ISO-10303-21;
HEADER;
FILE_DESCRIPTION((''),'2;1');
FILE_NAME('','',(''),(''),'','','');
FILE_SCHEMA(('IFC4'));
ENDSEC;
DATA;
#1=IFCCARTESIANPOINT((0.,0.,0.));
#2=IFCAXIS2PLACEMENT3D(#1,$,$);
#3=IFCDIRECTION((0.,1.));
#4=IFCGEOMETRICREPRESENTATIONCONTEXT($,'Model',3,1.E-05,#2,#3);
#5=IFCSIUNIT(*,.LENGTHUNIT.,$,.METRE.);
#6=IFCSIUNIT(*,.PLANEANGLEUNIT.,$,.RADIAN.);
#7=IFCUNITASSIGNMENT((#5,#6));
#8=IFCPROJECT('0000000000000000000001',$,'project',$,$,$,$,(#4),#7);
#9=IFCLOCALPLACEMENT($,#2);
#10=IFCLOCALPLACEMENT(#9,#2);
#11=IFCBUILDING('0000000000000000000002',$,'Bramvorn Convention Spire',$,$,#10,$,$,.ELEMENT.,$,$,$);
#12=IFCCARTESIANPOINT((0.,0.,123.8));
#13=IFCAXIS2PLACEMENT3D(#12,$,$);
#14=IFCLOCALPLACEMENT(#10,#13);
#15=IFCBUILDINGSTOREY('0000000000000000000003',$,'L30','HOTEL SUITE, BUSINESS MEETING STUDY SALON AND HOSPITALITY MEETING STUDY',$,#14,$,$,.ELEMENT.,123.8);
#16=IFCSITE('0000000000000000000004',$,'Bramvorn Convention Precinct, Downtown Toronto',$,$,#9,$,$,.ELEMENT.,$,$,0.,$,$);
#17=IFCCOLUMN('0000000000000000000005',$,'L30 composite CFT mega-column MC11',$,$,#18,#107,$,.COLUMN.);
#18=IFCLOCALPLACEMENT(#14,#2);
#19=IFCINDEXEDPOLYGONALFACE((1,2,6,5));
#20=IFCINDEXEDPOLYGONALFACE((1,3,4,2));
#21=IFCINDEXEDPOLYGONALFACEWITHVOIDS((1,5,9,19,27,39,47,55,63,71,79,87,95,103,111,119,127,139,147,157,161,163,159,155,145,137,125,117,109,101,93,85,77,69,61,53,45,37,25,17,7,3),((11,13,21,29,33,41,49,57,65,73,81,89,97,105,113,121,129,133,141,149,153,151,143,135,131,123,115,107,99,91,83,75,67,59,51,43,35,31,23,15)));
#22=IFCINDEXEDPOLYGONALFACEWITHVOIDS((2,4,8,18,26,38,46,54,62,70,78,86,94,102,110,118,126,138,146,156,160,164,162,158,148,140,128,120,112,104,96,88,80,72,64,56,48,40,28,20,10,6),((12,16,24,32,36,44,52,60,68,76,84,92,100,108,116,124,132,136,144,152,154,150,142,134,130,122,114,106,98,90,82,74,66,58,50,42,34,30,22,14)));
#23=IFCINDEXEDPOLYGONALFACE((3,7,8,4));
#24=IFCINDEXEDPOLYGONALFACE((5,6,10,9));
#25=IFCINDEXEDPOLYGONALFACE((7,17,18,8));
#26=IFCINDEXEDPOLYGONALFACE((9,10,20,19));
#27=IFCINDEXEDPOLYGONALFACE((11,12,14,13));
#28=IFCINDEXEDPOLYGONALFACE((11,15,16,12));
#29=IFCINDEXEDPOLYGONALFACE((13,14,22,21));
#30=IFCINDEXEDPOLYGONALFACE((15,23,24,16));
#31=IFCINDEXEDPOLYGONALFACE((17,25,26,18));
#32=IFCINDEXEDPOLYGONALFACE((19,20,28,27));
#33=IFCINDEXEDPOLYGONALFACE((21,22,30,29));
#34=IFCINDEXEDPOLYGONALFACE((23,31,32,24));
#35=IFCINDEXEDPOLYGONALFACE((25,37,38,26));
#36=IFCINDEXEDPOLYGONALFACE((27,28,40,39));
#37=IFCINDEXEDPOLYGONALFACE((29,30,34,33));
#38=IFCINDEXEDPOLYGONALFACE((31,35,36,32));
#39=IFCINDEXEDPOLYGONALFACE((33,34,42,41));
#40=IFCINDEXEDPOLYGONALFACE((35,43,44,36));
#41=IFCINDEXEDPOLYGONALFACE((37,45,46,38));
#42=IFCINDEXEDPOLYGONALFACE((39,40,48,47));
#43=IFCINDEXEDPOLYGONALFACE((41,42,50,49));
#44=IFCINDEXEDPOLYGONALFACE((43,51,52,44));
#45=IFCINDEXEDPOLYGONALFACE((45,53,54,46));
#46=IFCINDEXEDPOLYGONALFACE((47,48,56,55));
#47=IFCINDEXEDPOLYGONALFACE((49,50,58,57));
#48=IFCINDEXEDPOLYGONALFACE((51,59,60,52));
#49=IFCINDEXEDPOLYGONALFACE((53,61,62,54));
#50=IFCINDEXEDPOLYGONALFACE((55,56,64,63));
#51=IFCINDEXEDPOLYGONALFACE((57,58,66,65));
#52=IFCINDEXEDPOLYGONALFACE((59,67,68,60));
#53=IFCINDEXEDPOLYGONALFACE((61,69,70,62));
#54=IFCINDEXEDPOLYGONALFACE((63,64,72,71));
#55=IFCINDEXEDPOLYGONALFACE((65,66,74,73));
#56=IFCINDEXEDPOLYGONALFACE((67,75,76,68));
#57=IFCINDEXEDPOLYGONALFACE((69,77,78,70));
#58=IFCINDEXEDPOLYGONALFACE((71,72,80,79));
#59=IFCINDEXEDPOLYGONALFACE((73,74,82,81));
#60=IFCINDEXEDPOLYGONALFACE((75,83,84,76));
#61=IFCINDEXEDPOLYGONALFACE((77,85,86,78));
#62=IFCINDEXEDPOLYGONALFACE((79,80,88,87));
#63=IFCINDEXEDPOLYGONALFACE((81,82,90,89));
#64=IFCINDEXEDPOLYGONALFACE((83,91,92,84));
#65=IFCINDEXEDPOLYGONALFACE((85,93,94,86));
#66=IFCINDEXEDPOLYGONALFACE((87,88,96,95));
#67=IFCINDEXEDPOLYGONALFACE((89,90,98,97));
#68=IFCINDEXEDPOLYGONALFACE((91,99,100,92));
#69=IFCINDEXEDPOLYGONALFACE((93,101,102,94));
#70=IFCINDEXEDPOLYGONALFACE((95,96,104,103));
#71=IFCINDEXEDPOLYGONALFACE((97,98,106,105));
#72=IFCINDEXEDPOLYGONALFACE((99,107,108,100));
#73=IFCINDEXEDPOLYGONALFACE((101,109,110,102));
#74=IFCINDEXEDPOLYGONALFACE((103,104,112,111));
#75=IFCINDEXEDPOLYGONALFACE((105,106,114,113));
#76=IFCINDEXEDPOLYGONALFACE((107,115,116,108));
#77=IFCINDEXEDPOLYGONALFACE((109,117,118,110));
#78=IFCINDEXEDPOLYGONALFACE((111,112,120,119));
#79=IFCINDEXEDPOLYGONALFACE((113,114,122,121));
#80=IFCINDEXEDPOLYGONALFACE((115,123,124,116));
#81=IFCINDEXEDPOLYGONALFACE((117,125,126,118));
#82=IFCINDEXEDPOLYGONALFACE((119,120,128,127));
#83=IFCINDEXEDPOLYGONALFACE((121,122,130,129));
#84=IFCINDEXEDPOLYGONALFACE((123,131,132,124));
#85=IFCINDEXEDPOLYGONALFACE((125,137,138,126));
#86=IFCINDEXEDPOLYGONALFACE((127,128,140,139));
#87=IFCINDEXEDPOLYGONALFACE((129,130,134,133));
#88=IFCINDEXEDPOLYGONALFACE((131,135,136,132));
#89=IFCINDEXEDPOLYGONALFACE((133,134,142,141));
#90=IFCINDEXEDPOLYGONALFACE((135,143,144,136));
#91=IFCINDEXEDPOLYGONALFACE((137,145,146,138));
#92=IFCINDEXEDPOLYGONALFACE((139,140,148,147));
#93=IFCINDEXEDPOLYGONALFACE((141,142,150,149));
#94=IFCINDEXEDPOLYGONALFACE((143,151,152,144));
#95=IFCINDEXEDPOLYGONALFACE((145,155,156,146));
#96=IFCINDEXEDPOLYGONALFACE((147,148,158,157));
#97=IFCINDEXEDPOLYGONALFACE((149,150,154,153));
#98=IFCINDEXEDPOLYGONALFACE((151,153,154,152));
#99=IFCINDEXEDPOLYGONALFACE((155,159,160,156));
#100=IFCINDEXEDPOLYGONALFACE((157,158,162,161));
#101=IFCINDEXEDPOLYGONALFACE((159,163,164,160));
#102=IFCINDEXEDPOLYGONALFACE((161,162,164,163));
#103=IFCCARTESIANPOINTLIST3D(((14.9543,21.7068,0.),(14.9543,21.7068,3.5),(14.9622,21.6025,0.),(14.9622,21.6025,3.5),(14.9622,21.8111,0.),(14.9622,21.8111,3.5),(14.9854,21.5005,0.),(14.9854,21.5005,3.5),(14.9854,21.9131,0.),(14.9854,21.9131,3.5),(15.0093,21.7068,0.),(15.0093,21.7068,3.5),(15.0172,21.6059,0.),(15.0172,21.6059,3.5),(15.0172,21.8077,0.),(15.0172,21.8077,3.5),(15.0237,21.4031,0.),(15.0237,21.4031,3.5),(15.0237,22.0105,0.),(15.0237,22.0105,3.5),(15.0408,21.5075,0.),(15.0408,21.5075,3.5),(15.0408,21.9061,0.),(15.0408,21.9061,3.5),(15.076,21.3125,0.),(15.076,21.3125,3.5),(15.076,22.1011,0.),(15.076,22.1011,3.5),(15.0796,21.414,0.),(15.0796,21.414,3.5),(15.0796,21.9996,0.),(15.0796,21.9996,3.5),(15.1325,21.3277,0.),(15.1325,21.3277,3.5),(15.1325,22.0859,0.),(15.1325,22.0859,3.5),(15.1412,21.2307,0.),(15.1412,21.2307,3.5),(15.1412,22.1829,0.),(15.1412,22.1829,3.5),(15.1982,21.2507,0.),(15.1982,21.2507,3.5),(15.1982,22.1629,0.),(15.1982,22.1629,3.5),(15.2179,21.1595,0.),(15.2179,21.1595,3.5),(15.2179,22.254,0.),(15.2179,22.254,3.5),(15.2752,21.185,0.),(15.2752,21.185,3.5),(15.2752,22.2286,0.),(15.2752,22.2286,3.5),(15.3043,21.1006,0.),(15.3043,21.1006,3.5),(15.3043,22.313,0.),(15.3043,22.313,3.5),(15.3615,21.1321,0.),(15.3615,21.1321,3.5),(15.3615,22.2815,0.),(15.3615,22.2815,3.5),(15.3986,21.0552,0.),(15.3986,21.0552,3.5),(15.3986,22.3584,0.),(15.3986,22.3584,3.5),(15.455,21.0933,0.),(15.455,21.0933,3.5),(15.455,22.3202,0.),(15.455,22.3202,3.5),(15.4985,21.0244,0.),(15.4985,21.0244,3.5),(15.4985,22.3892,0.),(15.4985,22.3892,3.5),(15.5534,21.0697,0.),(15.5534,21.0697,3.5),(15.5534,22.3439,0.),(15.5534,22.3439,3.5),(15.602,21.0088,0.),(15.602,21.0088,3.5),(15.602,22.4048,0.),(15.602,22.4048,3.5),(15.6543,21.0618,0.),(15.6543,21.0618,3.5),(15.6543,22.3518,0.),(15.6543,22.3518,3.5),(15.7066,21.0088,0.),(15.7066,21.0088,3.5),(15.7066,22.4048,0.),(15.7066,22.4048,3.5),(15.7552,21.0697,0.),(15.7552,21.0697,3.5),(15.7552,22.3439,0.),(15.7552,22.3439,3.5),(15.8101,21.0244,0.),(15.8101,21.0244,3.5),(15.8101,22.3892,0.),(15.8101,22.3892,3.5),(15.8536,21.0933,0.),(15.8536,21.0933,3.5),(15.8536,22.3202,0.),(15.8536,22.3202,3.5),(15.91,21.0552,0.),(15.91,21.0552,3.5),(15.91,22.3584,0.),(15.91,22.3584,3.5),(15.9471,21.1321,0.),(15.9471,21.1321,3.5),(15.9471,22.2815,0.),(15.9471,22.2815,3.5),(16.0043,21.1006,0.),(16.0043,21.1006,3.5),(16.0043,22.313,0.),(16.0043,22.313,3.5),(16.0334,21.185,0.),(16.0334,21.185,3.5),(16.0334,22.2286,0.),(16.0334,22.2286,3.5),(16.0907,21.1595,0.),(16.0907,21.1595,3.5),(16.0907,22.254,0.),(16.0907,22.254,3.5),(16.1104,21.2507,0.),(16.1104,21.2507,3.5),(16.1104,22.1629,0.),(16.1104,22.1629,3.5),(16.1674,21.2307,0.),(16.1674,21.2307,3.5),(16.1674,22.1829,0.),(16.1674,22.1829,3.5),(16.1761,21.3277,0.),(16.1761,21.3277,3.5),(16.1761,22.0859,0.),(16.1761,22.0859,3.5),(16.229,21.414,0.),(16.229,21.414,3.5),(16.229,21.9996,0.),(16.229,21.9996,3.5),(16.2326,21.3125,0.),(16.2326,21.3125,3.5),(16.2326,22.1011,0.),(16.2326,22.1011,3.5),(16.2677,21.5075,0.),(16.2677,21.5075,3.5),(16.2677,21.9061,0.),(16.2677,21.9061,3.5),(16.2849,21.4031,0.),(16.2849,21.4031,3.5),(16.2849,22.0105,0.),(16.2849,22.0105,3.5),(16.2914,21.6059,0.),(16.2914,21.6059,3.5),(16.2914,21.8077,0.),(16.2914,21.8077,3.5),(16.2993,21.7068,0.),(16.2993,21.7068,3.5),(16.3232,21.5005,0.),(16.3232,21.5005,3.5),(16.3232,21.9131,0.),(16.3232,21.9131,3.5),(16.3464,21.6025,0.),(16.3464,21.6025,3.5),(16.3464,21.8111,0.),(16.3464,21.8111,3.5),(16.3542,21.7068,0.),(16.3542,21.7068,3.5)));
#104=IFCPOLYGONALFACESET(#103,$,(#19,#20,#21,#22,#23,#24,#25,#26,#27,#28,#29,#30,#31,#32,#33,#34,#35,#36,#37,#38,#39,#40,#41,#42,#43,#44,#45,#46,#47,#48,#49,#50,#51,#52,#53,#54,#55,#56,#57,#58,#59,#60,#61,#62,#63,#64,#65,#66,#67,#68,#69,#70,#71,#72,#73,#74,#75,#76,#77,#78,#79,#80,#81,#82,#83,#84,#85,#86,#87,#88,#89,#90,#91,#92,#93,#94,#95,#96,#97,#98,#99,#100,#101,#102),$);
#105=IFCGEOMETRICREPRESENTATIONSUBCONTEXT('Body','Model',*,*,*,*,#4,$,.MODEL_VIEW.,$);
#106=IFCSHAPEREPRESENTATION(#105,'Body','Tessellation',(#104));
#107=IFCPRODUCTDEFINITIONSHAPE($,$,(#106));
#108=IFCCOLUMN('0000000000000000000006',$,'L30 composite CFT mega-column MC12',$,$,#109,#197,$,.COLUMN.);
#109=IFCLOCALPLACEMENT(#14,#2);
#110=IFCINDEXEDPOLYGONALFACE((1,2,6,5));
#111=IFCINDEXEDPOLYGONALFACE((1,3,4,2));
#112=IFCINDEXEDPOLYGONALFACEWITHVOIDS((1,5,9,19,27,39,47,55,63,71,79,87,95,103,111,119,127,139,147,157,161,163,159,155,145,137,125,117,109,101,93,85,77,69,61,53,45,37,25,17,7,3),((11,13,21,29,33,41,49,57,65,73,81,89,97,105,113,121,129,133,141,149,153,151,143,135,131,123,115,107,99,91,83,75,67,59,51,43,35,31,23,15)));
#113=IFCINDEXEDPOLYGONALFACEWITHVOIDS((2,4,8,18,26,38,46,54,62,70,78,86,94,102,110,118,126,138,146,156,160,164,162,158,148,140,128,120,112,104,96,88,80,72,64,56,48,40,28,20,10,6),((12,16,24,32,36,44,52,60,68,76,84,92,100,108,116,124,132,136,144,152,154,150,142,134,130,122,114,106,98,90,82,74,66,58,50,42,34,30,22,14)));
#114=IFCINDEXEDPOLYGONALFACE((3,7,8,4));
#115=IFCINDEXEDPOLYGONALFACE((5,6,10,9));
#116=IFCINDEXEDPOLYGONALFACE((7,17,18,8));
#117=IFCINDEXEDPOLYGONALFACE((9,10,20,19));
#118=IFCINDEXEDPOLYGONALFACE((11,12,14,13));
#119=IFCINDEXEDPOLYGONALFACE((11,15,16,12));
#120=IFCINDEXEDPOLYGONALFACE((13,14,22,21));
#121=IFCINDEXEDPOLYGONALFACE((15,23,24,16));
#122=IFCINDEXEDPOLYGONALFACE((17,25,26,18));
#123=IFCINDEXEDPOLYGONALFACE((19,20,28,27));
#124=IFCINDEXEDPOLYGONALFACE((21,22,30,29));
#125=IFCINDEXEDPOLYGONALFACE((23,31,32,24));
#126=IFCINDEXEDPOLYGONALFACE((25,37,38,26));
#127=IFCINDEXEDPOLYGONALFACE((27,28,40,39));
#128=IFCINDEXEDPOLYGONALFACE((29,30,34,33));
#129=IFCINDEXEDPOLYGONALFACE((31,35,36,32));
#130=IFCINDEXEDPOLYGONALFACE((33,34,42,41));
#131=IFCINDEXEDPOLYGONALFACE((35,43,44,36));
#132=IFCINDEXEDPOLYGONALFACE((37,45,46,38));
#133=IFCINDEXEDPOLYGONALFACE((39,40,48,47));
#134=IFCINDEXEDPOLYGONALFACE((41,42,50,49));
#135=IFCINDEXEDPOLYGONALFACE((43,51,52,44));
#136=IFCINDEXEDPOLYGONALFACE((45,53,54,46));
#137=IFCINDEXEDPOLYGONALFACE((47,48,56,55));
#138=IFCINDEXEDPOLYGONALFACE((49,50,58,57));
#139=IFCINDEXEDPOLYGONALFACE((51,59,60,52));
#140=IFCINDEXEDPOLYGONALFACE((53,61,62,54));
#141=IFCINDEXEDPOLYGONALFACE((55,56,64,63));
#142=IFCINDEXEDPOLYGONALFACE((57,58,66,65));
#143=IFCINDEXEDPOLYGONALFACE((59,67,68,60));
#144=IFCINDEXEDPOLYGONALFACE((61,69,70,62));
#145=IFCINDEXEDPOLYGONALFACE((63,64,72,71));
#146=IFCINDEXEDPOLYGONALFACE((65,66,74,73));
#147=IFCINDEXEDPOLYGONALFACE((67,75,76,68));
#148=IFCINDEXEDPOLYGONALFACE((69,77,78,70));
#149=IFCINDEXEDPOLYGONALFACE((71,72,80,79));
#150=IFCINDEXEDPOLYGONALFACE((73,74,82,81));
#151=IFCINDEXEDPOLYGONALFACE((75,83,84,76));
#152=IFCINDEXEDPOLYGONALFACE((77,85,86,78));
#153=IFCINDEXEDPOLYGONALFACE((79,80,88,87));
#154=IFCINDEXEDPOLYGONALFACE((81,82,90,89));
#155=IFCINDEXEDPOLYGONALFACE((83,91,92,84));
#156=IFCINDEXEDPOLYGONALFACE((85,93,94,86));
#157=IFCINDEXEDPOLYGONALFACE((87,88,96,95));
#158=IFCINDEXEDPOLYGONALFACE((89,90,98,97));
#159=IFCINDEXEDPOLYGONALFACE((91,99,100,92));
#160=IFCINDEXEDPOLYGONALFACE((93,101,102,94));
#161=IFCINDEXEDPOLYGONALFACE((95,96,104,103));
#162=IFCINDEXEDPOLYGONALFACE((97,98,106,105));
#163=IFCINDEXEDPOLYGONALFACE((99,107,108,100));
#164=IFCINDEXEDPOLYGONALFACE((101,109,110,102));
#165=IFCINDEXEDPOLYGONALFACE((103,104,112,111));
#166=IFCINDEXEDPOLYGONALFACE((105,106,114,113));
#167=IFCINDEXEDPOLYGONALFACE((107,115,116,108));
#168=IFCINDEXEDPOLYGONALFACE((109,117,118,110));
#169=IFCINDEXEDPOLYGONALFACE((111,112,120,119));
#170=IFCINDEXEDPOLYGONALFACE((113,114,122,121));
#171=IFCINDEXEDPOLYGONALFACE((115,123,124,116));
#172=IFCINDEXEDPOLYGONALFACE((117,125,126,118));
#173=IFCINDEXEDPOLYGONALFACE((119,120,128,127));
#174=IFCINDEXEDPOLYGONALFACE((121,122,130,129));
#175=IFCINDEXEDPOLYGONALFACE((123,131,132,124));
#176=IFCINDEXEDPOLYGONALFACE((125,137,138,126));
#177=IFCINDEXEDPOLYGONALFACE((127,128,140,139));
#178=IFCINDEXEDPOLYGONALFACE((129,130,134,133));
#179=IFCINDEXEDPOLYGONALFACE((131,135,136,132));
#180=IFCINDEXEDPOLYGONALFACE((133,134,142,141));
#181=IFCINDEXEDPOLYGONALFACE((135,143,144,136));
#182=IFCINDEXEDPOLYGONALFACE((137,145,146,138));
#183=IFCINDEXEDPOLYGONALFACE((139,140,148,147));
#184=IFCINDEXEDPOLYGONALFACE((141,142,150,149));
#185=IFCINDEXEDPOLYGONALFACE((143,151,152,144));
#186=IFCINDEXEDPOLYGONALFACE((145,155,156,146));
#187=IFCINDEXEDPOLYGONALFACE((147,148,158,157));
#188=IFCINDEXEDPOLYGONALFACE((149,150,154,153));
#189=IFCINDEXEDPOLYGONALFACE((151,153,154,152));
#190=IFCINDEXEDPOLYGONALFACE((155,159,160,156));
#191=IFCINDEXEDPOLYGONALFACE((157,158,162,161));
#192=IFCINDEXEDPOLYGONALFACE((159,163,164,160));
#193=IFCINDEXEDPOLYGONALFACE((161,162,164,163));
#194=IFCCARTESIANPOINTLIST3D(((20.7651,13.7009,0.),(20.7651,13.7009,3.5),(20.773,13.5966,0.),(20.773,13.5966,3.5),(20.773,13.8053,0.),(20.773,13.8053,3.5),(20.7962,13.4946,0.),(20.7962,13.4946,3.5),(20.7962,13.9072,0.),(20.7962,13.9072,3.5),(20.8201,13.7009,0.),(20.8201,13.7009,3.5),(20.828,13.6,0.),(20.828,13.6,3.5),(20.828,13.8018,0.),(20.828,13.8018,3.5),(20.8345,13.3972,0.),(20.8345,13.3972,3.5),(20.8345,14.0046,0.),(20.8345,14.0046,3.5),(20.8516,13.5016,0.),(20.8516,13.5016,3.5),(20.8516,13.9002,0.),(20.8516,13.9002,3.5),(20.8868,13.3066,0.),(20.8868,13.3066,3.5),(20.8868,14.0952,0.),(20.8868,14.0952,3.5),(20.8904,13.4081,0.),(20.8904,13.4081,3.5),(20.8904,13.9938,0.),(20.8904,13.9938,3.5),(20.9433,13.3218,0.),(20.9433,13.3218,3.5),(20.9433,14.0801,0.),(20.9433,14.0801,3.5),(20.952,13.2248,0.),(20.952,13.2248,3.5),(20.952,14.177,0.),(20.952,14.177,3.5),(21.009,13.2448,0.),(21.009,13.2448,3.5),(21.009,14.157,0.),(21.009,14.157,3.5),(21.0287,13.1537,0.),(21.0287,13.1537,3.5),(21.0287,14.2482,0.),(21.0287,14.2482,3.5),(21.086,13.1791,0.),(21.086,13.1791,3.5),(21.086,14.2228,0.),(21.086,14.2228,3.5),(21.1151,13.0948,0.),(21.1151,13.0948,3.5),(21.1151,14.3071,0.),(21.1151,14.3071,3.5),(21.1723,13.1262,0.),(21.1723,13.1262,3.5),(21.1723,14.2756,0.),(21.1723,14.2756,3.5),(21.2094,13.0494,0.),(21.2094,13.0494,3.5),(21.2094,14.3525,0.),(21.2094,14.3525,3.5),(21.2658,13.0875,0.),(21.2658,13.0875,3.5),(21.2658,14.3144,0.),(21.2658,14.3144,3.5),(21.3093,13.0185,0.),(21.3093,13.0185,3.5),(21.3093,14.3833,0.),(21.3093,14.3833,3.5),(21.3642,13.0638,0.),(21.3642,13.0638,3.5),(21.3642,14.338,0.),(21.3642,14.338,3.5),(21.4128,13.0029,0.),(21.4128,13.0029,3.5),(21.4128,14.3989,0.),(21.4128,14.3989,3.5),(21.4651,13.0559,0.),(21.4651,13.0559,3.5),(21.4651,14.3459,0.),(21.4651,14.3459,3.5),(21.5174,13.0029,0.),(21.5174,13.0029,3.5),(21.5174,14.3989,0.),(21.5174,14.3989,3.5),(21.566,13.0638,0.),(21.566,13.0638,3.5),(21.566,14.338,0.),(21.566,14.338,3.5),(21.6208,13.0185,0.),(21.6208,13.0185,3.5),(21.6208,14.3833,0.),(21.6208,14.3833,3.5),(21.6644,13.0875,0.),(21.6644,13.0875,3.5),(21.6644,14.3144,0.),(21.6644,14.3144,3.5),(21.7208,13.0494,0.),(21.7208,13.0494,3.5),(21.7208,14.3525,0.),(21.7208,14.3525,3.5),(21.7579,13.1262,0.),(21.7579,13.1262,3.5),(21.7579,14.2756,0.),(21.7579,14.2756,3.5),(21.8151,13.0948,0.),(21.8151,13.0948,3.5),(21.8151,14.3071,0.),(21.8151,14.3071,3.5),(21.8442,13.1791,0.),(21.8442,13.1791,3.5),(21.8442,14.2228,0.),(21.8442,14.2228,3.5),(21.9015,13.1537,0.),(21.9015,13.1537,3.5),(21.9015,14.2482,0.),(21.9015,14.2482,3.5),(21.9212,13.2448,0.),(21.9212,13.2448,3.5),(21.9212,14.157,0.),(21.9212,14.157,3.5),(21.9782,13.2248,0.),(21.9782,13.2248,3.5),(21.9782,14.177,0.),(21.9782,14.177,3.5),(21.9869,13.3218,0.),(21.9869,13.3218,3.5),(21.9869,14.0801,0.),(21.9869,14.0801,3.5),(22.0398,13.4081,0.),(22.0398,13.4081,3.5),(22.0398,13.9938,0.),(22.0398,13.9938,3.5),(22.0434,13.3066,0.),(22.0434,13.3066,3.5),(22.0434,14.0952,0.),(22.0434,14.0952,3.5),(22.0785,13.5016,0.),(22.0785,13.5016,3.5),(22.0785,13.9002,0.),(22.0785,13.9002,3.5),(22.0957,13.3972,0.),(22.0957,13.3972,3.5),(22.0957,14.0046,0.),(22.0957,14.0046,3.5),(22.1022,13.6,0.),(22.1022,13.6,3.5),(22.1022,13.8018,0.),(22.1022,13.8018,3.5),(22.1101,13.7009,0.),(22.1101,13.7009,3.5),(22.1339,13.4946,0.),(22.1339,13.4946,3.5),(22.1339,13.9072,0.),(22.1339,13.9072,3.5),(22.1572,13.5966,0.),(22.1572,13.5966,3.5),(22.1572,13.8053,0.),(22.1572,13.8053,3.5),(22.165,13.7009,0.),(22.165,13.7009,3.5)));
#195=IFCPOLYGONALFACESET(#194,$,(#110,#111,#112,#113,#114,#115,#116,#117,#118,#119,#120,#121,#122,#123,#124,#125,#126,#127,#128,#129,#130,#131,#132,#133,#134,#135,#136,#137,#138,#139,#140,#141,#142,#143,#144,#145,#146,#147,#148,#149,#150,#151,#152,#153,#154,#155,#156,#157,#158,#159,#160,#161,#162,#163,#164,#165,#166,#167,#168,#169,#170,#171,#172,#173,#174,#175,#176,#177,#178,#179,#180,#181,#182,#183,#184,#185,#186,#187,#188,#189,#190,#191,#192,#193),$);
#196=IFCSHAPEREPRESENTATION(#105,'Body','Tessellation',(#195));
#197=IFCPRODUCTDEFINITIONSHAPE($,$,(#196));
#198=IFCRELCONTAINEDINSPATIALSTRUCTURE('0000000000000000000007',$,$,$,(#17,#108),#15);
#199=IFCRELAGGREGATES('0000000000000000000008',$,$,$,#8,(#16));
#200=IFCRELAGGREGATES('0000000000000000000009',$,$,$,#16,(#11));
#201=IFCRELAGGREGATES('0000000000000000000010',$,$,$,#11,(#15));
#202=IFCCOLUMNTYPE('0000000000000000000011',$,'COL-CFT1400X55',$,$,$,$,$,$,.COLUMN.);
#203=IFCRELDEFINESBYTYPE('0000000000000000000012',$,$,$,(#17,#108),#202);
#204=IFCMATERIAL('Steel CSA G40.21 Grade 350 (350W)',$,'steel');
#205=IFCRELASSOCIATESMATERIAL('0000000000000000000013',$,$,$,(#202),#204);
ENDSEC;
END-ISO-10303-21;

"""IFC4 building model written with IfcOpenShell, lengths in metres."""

from ifc_helpers import new_model, si_unit, direction, frame, origin, origin_2d, place, context, subcontext, project, spatial, hollow_circle, extrude, material, material_profile, profile_set, type_object, element, save


model = new_model("IFC4")

# Units and contexts
model_context = context("Model", 3, precision=1e-05, world=origin(), true_north=direction((0.0, 1.0)))
body_context = subcontext(model_context, "Body", "Model", "MODEL_VIEW")
ifc_project = project(units=[si_unit("LENGTHUNIT", "METRE"), si_unit("PLANEANGLEUNIT", "RADIAN")], contexts=[model_context])

# Site, building, storey
site_placement = place(None, origin())
site = spatial("IfcSite", under=ifc_project, at=site_placement, Name="Bramvorn Convention Precinct, Downtown Toronto", CompositionType="ELEMENT", RefElevation=0.0)
building_placement = place(site_placement, origin())
building = spatial("IfcBuilding", under=site, at=building_placement, Name="Bramvorn Convention Spire", CompositionType="ELEMENT")
storey_placement = place(building_placement, frame((0.0, 0.0, 123.8)))
storey = spatial("IfcBuildingStorey", under=building, at=storey_placement, Name="L30", Description="HOTEL SUITE, BUSINESS MEETING STUDY SALON AND HOSPITALITY MEETING STUDY", CompositionType="ELEMENT", Elevation=123.8)

# Columns
ifc_material_1 = material(Name="Steel CSA G40.21 Grade 350 (350W)", Category="steel")
ifc_material_profile_1 = material_profile(ifc_material_1, hollow_circle(Radius=0.7, WallThickness=0.0549, at=origin_2d()))
ifc_profile_set_1 = profile_set([ifc_material_profile_1], Name="Steel CSA G40.21 Grade 350 (350W) - CFT1400X55")
column_type = type_object("IfcColumnType", Name="COL-CFT1400X55", PredefinedType="COLUMN", material=ifc_profile_set_1)
for number, where, z_axis, x_axis, name in (
    (1, (15.6543, 21.7068, 0.0), (0.0, 0.0, 1.0), (1.0, 0.0, 0.0), "L30 composite CFT mega-column MC11"),
    (2, (21.4651, 13.7009, 0.0), (0.0, 0.0, 1.0), (1.0, 0.0, 0.0), "L30 composite CFT mega-column MC12"),
):
    element("IfcColumn", number, at=place(storey_placement, frame(where, z_axis=z_axis, x_axis=x_axis)), inside=storey, type_object=column_type, Name=name, PredefinedType="COLUMN", context=body_context, shape_type="SweptSolid", body=[
        extrude(hollow_circle(Radius=0.7, WallThickness=0.0549, at=origin_2d()), origin(), (0.0, 0.0, 1.0), 3.5),
    ])

save(model, "model.ifc")
